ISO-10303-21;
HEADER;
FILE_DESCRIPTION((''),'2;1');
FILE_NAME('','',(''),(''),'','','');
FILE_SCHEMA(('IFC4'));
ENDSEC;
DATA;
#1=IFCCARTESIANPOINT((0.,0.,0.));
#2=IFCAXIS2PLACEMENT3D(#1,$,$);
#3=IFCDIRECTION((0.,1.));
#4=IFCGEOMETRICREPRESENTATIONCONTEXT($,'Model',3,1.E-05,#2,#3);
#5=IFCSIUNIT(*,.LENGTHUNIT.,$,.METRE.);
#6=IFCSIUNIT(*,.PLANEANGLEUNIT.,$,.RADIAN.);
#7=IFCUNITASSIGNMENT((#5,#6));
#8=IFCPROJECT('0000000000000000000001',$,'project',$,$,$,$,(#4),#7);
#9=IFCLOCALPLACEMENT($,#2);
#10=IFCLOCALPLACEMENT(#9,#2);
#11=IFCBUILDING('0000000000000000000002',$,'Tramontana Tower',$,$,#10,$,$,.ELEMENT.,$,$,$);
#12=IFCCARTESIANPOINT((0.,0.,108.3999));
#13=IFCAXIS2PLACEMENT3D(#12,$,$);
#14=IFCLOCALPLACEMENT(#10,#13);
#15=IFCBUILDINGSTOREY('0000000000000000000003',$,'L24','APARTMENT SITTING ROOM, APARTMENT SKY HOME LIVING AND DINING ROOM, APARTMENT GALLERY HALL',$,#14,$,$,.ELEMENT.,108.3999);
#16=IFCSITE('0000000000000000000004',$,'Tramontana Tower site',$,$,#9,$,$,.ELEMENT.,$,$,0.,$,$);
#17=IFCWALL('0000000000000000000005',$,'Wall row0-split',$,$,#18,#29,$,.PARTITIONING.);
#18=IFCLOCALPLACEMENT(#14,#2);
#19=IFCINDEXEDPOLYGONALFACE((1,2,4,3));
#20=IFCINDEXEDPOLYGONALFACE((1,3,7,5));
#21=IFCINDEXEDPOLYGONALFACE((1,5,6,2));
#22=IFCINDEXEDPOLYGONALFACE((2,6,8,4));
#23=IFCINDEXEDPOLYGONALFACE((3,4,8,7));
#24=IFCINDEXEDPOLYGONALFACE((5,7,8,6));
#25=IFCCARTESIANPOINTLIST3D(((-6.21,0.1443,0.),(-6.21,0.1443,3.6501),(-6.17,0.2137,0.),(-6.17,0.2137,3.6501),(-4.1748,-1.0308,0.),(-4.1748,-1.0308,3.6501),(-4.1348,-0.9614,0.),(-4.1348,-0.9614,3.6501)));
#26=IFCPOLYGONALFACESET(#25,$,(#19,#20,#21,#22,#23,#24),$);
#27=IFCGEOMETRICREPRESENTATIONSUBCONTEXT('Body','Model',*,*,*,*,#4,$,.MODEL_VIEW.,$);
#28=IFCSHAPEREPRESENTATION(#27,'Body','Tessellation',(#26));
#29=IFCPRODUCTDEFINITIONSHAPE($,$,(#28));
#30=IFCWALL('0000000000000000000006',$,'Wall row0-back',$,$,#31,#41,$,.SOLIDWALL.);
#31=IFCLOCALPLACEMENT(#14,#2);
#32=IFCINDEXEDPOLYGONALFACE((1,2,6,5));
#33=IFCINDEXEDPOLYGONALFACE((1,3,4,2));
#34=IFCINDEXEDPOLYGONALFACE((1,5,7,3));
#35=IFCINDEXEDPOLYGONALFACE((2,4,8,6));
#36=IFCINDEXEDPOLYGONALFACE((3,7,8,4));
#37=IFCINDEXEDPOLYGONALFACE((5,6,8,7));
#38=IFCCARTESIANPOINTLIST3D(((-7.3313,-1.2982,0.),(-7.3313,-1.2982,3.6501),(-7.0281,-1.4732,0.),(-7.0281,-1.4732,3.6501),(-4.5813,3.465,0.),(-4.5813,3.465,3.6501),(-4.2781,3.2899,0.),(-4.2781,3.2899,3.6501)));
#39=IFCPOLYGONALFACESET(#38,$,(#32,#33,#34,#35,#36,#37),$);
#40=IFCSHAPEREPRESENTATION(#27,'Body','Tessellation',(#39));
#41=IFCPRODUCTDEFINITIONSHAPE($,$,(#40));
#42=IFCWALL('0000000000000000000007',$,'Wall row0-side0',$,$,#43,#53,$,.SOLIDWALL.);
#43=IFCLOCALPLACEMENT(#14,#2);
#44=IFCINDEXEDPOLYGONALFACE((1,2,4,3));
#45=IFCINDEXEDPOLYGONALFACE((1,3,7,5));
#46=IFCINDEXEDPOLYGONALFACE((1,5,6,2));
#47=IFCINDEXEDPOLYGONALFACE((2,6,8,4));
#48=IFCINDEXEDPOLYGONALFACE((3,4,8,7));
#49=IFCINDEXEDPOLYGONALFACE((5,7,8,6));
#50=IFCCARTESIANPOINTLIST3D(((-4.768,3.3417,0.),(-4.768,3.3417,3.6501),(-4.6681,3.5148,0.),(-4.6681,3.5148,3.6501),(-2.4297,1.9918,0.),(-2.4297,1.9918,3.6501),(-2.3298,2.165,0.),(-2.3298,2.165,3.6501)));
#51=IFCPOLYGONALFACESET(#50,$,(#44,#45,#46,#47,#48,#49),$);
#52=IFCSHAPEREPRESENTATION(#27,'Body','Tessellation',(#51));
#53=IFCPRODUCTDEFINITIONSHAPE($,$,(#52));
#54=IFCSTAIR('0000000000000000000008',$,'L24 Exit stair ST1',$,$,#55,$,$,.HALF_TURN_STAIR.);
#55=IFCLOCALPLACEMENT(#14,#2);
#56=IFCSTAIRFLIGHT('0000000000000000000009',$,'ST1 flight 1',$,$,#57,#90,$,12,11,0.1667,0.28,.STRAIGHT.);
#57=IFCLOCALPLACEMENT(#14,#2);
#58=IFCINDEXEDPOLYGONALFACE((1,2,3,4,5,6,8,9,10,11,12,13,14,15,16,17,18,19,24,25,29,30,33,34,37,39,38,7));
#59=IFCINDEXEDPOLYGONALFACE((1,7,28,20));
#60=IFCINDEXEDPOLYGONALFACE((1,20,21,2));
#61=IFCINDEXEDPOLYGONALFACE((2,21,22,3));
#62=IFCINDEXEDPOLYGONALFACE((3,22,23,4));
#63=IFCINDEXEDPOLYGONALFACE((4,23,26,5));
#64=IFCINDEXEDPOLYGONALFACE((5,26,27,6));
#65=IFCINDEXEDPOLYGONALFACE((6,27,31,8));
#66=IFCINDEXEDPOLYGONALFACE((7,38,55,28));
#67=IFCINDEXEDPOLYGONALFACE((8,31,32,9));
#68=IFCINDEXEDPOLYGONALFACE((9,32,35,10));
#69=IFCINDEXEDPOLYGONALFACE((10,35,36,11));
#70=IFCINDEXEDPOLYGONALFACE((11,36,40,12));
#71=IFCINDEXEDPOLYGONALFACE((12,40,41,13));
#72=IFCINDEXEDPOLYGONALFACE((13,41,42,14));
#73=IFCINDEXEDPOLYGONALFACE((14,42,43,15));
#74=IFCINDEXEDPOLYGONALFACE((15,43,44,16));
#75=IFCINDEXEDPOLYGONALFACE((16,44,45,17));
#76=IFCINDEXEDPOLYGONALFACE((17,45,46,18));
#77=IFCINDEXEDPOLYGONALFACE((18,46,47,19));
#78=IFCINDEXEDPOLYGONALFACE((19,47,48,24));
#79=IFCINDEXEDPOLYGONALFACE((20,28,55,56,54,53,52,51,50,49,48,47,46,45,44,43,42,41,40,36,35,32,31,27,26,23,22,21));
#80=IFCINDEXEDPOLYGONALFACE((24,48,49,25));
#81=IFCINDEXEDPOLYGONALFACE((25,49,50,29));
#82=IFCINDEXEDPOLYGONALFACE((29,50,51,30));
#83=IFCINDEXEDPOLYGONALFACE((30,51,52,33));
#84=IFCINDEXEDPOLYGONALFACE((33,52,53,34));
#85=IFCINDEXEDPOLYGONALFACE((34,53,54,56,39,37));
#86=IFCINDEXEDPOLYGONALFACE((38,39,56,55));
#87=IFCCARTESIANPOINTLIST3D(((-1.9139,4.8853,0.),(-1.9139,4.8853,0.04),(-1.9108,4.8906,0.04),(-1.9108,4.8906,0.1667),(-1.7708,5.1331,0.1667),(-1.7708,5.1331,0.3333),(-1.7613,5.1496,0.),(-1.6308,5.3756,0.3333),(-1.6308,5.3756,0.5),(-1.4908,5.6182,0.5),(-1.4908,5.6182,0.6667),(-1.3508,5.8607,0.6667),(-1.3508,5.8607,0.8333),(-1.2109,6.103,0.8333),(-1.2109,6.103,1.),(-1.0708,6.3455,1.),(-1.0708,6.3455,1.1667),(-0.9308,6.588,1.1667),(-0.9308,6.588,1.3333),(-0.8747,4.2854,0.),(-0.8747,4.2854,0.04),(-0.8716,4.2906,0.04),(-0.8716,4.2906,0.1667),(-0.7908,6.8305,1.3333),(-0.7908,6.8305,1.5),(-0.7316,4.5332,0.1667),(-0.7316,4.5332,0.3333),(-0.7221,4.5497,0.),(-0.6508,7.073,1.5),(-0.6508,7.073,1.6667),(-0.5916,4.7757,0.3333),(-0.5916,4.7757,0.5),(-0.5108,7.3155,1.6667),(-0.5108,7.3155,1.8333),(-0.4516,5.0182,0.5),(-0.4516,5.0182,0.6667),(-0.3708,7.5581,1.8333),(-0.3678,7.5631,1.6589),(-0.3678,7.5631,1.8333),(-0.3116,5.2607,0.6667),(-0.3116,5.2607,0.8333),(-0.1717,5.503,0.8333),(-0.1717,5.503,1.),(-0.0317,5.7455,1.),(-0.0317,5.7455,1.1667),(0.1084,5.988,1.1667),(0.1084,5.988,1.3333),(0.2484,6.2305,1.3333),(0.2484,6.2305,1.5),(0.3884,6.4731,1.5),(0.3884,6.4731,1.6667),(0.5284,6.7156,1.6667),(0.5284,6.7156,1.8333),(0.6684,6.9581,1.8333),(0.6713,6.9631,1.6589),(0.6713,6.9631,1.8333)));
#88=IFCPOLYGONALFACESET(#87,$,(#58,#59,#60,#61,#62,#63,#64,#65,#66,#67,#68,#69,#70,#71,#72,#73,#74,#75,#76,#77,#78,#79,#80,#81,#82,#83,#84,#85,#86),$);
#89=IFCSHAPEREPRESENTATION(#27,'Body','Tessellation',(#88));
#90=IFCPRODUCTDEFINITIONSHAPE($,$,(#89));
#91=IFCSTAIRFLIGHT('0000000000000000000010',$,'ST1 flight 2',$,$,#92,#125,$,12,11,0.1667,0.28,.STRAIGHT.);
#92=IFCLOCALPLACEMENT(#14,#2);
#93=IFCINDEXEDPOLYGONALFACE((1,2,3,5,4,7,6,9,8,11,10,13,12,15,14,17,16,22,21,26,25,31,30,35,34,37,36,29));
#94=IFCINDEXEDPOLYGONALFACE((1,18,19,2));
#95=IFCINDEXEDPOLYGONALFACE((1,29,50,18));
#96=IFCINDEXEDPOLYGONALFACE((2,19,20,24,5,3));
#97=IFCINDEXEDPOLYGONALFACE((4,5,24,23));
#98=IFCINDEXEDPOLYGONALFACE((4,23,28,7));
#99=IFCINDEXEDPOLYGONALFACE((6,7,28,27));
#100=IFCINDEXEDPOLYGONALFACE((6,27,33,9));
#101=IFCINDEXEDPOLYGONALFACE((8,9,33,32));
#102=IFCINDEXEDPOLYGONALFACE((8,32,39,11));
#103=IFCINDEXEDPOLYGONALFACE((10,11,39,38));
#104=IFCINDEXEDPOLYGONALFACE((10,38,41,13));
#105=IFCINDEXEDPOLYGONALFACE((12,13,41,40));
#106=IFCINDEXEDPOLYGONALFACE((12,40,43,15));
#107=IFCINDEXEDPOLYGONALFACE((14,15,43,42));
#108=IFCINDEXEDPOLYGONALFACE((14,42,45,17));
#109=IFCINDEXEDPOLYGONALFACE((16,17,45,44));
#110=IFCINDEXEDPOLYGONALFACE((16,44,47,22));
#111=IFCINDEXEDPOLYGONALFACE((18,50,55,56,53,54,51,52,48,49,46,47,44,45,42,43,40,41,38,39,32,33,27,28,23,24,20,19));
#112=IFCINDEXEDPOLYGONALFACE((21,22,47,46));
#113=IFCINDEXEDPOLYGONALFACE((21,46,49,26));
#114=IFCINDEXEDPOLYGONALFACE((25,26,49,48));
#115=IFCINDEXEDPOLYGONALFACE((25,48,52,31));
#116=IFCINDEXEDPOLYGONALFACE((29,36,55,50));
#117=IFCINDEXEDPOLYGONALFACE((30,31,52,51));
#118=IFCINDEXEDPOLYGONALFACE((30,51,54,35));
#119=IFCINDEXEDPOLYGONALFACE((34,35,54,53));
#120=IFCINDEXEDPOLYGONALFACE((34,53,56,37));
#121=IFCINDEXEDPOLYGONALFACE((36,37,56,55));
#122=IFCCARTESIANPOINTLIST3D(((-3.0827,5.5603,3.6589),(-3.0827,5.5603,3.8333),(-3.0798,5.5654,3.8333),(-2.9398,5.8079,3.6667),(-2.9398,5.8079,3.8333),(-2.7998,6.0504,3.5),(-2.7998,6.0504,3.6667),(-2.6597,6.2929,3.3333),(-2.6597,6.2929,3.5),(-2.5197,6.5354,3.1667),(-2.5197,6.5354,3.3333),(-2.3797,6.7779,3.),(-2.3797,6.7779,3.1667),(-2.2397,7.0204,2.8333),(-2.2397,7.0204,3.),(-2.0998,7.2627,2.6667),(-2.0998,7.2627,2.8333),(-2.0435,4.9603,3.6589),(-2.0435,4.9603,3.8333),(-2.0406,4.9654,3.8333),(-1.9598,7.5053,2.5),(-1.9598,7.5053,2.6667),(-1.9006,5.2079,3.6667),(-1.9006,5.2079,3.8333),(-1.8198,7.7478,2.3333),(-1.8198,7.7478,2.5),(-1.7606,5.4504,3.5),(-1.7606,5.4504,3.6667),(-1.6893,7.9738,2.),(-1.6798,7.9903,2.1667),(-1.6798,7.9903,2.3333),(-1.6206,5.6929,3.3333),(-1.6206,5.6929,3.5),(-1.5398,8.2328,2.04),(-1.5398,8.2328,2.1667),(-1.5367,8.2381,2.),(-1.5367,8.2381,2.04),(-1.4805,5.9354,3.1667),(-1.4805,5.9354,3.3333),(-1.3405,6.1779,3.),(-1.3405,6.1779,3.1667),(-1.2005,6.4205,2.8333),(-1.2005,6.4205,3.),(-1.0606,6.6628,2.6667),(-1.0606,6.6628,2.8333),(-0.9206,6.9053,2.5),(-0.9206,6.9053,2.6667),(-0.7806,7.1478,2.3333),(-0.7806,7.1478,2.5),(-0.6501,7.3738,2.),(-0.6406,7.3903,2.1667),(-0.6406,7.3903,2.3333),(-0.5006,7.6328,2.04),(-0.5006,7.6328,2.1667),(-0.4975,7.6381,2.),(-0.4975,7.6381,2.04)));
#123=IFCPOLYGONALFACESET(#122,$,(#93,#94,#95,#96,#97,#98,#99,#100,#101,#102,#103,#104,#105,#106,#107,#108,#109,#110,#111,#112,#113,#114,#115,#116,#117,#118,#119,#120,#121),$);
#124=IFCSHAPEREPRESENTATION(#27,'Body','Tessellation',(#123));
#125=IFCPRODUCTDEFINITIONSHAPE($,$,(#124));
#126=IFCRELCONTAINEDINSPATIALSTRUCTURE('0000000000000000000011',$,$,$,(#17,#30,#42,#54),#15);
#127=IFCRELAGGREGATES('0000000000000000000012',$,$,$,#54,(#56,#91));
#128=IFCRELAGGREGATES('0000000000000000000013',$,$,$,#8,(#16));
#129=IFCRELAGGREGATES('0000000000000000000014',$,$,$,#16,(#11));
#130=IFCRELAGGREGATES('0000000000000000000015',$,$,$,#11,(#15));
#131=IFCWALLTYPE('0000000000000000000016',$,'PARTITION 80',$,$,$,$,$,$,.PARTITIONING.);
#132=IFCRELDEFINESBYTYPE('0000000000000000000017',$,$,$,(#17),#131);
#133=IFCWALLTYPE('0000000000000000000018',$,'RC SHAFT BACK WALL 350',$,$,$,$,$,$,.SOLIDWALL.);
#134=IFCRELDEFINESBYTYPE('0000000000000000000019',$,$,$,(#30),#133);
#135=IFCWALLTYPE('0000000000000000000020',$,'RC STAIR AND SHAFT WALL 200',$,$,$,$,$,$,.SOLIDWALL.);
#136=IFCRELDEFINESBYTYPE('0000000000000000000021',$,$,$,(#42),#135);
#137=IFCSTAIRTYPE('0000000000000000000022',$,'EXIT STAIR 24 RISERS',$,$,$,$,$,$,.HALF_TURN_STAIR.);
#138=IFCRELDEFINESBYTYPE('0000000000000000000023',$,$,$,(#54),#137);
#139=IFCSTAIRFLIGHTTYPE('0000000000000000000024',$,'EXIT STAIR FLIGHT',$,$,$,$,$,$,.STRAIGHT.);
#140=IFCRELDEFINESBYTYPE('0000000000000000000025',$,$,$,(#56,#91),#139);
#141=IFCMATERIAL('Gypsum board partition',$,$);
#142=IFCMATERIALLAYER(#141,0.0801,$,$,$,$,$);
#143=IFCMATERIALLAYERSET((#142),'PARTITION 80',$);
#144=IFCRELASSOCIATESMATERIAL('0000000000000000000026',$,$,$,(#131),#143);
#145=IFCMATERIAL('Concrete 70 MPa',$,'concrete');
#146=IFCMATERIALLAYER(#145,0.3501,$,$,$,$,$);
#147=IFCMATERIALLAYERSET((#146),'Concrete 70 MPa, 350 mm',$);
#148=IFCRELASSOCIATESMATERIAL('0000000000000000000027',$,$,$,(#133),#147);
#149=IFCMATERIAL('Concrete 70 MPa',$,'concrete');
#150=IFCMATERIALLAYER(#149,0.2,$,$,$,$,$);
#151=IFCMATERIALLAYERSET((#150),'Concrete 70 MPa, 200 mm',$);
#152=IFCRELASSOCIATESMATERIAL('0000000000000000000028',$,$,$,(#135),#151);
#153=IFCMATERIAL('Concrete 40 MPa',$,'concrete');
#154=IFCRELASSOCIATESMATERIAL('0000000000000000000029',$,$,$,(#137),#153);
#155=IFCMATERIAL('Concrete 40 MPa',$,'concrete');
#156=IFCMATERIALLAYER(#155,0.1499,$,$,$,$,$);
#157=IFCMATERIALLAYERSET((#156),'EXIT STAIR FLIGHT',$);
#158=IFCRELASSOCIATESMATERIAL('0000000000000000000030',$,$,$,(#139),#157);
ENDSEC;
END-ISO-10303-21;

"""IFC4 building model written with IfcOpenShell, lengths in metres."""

from ifc_helpers import new_model, si_unit, direction, frame, frame_2d, origin, place, context, subcontext, project, spatial, polyline, rectangle, outline, extrude, material, layer, layer_set, type_object, element, aggregate, save


model = new_model("IFC4")

# Units and contexts
model_context = context("Model", 3, precision=1e-05, world=origin(), true_north=direction((0.0, 1.0)))
body_context = subcontext(model_context, "Body", "Model", "MODEL_VIEW")
ifc_project = project(units=[si_unit("LENGTHUNIT", "METRE"), si_unit("PLANEANGLEUNIT", "RADIAN")], contexts=[model_context])

# Site, building, storey
site_placement = place(None, origin())
site = spatial("IfcSite", under=ifc_project, at=site_placement, Name="Tramontana Tower site", CompositionType="ELEMENT", RefElevation=0.0)
building_placement = place(site_placement, origin())
building = spatial("IfcBuilding", under=site, at=building_placement, Name="Tramontana Tower", CompositionType="ELEMENT")
storey_placement = place(building_placement, frame((0.0, 0.0, 108.3999)))
storey = spatial("IfcBuildingStorey", under=building, at=storey_placement, Name="L24", Description="APARTMENT SITTING ROOM, APARTMENT SKY HOME LIVING AND DINING ROOM, APARTMENT GALLERY HALL", CompositionType="ELEMENT", Elevation=108.3999)

# Walls
ifc_material_1 = material(Name="Gypsum board partition")
ifc_layer_1 = layer(ifc_material_1, 0.0801)
ifc_layer_set_1 = layer_set([ifc_layer_1], Name="PARTITION 80")
wall_type_1 = type_object("IfcWallType", Name="PARTITION 80", PredefinedType="PARTITIONING", material=ifc_layer_set_1)
wall_1_placement = place(storey_placement, frame((-4.1548, -0.9961, 0.0), z_axis=(0.0, 0.0, 1.0), x_axis=(-0.866016, 0.500016, 0.0)))
element("IfcWall", 1, at=wall_1_placement, inside=storey, type_object=wall_type_1, Name="Wall row0-split", PredefinedType="PARTITIONING", context=body_context, shape_type="SweptSolid", body=[
    extrude(rectangle(XDim=2.3501, YDim=0.0801, at=frame_2d((1.175, 0.0))), origin(), (0.0, 0.0, 1.0), 3.6501),
])
ifc_material_2 = material(Name="Concrete 70 MPa", Category="concrete")
ifc_layer_2 = layer(ifc_material_2, 0.3501)
ifc_layer_set_2 = layer_set([ifc_layer_2], Name="Concrete 70 MPa, 350 mm")
wall_type_2 = type_object("IfcWallType", Name="RC SHAFT BACK WALL 350", PredefinedType="SOLIDWALL", material=ifc_layer_set_2)
wall_2_placement = place(storey_placement, frame((-4.4297, 3.3774, 0.0), z_axis=(0.0, 0.0, 1.0), x_axis=(-0.499997, -0.866027, 0.0)))
element("IfcWall", 2, at=wall_2_placement, inside=storey, type_object=wall_type_2, Name="Wall row0-back", PredefinedType="SOLIDWALL", context=body_context, shape_type="SweptSolid", body=[
    extrude(rectangle(XDim=5.5, YDim=0.3501, at=frame_2d((2.75, 0.0))), origin(), (0.0, 0.0, 1.0), 3.6501),
])

# Shared definitions
ifc_material_3 = material(Name="Concrete 70 MPa", Category="concrete")
ifc_layer_3 = layer(ifc_material_3, 0.2)
ifc_layer_set_3 = layer_set([ifc_layer_3], Name="Concrete 70 MPa, 200 mm")
wall_type_3 = type_object("IfcWallType", Name="RC STAIR AND SHAFT WALL 200", PredefinedType="SOLIDWALL", material=ifc_layer_set_3)

# Wall
wall_3_placement = place(storey_placement, frame((-2.3796, 2.0784, 0.0), z_axis=(0.0, 0.0, 1.0), x_axis=(-0.866059, 0.499942, 0.0)))
element("IfcWall", 3, at=wall_3_placement, inside=storey, type_object=wall_type_3, Name="Wall row0-side0", PredefinedType="SOLIDWALL", context=body_context, shape_type="SweptSolid", body=[
    extrude(rectangle(XDim=2.7, YDim=0.2, at=frame_2d((1.3501, 0.0))), origin(), (0.0, 0.0, 1.0), 3.6501),
])

# Stair, stair flights
ifc_material_4 = material(Name="Concrete 40 MPa", Category="concrete")
stair_type = type_object("IfcStairType", Name="EXIT STAIR 24 RISERS", PredefinedType="HALF_TURN_STAIR", material=ifc_material_4)
stair_placement = place(storey_placement, origin())
stair = element("IfcStair", 4, at=stair_placement, inside=storey, type_object=stair_type, Name="L24 Exit stair ST1", PredefinedType="HALF_TURN_STAIR")
ifc_material_5 = material(Name="Concrete 40 MPa", Category="concrete")
ifc_layer_4 = layer(ifc_material_5, 0.1499)
ifc_layer_set_4 = layer_set([ifc_layer_4], Name="EXIT STAIR FLIGHT")
stair_flight_type = type_object("IfcStairFlightType", Name="EXIT STAIR FLIGHT", PredefinedType="STRAIGHT", material=ifc_layer_set_4)
stair_flight_1_placement = place(storey_placement, frame((-1.3911, 4.5906, 0.0), z_axis=(0.0, 0.0, 1.0), x_axis=(0.5, 0.866025, 0.0)))
stair_flight_1 = element("IfcStairFlight", 5, at=stair_flight_1_placement, type_object=stair_flight_type, Name="ST1 flight 1", NumberOfRisers=12, NumberOfTreads=11, PredefinedType="STRAIGHT", RiserHeight=0.1667, TreadLength=0.28, context=body_context, shape_type="SweptSolid", body=[
    extrude(outline(polyline([(-0.0061, 0.0), (-0.0061, 0.04), (0.0, 0.04), (0.0, 0.1667), (0.28, 0.1667), (0.28, 0.3333), (0.5601, 0.3333), (0.5601, 0.5), (0.8401, 0.5), (0.8401, 0.6667), (1.1201, 0.6667), (1.1201, 0.8333), (1.3999, 0.8333), (1.3999, 1.0), (1.6799, 1.0), (1.6799, 1.1667), (1.96, 1.1667), (1.96, 1.3333), (2.24, 1.3333), (2.24, 1.5), (2.52, 1.5), (2.52, 1.6667), (2.8, 1.6667), (2.8, 1.8333), (3.0801, 1.8333), (3.0859, 1.8333), (3.0859, 1.6589), (0.2991, 0.0), (-0.0061, 0.0)])), frame((0.0, 0.6001, 0.0), z_axis=(0.0, -1.0, 0.0), x_axis=(1.0, 0.0, 0.0)), (0.0, 0.0, 1.0), 1.2),
])
stair_flight_2_placement = place(storey_placement, frame((-1.0203, 7.9329, 2.0), z_axis=(0.0, 0.0, 1.0), x_axis=(-0.5, -0.866025, 0.0)))
stair_flight_2 = element("IfcStairFlight", 6, at=stair_flight_2_placement, type_object=stair_flight_type, Name="ST1 flight 2", NumberOfRisers=12, NumberOfTreads=11, PredefinedType="STRAIGHT", RiserHeight=0.1667, TreadLength=0.28, context=body_context, shape_type="SweptSolid", body=[
    extrude(outline(polyline([(-0.0061, 0.0), (-0.0061, 0.04), (0.0, 0.04), (0.0, 0.1667), (0.28, 0.1667), (0.28, 0.3333), (0.5601, 0.3333), (0.5601, 0.5), (0.8401, 0.5), (0.8401, 0.6667), (1.1201, 0.6667), (1.1201, 0.8333), (1.3999, 0.8333), (1.3999, 1.0), (1.6799, 1.0), (1.6799, 1.1667), (1.96, 1.1667), (1.96, 1.3333), (2.24, 1.3333), (2.24, 1.5), (2.52, 1.5), (2.52, 1.6667), (2.8, 1.6667), (2.8, 1.8333), (3.0801, 1.8333), (3.0859, 1.8333), (3.0859, 1.6589), (0.2991, 0.0), (-0.0061, 0.0)])), frame((0.0, 0.6001, 0.0), z_axis=(0.0, -1.0, 0.0), x_axis=(1.0, 0.0, 0.0)), (0.0, 0.0, 1.0), 1.2),
])
aggregate(stair, [stair_flight_1, stair_flight_2])

save(model, "model.ifc")
